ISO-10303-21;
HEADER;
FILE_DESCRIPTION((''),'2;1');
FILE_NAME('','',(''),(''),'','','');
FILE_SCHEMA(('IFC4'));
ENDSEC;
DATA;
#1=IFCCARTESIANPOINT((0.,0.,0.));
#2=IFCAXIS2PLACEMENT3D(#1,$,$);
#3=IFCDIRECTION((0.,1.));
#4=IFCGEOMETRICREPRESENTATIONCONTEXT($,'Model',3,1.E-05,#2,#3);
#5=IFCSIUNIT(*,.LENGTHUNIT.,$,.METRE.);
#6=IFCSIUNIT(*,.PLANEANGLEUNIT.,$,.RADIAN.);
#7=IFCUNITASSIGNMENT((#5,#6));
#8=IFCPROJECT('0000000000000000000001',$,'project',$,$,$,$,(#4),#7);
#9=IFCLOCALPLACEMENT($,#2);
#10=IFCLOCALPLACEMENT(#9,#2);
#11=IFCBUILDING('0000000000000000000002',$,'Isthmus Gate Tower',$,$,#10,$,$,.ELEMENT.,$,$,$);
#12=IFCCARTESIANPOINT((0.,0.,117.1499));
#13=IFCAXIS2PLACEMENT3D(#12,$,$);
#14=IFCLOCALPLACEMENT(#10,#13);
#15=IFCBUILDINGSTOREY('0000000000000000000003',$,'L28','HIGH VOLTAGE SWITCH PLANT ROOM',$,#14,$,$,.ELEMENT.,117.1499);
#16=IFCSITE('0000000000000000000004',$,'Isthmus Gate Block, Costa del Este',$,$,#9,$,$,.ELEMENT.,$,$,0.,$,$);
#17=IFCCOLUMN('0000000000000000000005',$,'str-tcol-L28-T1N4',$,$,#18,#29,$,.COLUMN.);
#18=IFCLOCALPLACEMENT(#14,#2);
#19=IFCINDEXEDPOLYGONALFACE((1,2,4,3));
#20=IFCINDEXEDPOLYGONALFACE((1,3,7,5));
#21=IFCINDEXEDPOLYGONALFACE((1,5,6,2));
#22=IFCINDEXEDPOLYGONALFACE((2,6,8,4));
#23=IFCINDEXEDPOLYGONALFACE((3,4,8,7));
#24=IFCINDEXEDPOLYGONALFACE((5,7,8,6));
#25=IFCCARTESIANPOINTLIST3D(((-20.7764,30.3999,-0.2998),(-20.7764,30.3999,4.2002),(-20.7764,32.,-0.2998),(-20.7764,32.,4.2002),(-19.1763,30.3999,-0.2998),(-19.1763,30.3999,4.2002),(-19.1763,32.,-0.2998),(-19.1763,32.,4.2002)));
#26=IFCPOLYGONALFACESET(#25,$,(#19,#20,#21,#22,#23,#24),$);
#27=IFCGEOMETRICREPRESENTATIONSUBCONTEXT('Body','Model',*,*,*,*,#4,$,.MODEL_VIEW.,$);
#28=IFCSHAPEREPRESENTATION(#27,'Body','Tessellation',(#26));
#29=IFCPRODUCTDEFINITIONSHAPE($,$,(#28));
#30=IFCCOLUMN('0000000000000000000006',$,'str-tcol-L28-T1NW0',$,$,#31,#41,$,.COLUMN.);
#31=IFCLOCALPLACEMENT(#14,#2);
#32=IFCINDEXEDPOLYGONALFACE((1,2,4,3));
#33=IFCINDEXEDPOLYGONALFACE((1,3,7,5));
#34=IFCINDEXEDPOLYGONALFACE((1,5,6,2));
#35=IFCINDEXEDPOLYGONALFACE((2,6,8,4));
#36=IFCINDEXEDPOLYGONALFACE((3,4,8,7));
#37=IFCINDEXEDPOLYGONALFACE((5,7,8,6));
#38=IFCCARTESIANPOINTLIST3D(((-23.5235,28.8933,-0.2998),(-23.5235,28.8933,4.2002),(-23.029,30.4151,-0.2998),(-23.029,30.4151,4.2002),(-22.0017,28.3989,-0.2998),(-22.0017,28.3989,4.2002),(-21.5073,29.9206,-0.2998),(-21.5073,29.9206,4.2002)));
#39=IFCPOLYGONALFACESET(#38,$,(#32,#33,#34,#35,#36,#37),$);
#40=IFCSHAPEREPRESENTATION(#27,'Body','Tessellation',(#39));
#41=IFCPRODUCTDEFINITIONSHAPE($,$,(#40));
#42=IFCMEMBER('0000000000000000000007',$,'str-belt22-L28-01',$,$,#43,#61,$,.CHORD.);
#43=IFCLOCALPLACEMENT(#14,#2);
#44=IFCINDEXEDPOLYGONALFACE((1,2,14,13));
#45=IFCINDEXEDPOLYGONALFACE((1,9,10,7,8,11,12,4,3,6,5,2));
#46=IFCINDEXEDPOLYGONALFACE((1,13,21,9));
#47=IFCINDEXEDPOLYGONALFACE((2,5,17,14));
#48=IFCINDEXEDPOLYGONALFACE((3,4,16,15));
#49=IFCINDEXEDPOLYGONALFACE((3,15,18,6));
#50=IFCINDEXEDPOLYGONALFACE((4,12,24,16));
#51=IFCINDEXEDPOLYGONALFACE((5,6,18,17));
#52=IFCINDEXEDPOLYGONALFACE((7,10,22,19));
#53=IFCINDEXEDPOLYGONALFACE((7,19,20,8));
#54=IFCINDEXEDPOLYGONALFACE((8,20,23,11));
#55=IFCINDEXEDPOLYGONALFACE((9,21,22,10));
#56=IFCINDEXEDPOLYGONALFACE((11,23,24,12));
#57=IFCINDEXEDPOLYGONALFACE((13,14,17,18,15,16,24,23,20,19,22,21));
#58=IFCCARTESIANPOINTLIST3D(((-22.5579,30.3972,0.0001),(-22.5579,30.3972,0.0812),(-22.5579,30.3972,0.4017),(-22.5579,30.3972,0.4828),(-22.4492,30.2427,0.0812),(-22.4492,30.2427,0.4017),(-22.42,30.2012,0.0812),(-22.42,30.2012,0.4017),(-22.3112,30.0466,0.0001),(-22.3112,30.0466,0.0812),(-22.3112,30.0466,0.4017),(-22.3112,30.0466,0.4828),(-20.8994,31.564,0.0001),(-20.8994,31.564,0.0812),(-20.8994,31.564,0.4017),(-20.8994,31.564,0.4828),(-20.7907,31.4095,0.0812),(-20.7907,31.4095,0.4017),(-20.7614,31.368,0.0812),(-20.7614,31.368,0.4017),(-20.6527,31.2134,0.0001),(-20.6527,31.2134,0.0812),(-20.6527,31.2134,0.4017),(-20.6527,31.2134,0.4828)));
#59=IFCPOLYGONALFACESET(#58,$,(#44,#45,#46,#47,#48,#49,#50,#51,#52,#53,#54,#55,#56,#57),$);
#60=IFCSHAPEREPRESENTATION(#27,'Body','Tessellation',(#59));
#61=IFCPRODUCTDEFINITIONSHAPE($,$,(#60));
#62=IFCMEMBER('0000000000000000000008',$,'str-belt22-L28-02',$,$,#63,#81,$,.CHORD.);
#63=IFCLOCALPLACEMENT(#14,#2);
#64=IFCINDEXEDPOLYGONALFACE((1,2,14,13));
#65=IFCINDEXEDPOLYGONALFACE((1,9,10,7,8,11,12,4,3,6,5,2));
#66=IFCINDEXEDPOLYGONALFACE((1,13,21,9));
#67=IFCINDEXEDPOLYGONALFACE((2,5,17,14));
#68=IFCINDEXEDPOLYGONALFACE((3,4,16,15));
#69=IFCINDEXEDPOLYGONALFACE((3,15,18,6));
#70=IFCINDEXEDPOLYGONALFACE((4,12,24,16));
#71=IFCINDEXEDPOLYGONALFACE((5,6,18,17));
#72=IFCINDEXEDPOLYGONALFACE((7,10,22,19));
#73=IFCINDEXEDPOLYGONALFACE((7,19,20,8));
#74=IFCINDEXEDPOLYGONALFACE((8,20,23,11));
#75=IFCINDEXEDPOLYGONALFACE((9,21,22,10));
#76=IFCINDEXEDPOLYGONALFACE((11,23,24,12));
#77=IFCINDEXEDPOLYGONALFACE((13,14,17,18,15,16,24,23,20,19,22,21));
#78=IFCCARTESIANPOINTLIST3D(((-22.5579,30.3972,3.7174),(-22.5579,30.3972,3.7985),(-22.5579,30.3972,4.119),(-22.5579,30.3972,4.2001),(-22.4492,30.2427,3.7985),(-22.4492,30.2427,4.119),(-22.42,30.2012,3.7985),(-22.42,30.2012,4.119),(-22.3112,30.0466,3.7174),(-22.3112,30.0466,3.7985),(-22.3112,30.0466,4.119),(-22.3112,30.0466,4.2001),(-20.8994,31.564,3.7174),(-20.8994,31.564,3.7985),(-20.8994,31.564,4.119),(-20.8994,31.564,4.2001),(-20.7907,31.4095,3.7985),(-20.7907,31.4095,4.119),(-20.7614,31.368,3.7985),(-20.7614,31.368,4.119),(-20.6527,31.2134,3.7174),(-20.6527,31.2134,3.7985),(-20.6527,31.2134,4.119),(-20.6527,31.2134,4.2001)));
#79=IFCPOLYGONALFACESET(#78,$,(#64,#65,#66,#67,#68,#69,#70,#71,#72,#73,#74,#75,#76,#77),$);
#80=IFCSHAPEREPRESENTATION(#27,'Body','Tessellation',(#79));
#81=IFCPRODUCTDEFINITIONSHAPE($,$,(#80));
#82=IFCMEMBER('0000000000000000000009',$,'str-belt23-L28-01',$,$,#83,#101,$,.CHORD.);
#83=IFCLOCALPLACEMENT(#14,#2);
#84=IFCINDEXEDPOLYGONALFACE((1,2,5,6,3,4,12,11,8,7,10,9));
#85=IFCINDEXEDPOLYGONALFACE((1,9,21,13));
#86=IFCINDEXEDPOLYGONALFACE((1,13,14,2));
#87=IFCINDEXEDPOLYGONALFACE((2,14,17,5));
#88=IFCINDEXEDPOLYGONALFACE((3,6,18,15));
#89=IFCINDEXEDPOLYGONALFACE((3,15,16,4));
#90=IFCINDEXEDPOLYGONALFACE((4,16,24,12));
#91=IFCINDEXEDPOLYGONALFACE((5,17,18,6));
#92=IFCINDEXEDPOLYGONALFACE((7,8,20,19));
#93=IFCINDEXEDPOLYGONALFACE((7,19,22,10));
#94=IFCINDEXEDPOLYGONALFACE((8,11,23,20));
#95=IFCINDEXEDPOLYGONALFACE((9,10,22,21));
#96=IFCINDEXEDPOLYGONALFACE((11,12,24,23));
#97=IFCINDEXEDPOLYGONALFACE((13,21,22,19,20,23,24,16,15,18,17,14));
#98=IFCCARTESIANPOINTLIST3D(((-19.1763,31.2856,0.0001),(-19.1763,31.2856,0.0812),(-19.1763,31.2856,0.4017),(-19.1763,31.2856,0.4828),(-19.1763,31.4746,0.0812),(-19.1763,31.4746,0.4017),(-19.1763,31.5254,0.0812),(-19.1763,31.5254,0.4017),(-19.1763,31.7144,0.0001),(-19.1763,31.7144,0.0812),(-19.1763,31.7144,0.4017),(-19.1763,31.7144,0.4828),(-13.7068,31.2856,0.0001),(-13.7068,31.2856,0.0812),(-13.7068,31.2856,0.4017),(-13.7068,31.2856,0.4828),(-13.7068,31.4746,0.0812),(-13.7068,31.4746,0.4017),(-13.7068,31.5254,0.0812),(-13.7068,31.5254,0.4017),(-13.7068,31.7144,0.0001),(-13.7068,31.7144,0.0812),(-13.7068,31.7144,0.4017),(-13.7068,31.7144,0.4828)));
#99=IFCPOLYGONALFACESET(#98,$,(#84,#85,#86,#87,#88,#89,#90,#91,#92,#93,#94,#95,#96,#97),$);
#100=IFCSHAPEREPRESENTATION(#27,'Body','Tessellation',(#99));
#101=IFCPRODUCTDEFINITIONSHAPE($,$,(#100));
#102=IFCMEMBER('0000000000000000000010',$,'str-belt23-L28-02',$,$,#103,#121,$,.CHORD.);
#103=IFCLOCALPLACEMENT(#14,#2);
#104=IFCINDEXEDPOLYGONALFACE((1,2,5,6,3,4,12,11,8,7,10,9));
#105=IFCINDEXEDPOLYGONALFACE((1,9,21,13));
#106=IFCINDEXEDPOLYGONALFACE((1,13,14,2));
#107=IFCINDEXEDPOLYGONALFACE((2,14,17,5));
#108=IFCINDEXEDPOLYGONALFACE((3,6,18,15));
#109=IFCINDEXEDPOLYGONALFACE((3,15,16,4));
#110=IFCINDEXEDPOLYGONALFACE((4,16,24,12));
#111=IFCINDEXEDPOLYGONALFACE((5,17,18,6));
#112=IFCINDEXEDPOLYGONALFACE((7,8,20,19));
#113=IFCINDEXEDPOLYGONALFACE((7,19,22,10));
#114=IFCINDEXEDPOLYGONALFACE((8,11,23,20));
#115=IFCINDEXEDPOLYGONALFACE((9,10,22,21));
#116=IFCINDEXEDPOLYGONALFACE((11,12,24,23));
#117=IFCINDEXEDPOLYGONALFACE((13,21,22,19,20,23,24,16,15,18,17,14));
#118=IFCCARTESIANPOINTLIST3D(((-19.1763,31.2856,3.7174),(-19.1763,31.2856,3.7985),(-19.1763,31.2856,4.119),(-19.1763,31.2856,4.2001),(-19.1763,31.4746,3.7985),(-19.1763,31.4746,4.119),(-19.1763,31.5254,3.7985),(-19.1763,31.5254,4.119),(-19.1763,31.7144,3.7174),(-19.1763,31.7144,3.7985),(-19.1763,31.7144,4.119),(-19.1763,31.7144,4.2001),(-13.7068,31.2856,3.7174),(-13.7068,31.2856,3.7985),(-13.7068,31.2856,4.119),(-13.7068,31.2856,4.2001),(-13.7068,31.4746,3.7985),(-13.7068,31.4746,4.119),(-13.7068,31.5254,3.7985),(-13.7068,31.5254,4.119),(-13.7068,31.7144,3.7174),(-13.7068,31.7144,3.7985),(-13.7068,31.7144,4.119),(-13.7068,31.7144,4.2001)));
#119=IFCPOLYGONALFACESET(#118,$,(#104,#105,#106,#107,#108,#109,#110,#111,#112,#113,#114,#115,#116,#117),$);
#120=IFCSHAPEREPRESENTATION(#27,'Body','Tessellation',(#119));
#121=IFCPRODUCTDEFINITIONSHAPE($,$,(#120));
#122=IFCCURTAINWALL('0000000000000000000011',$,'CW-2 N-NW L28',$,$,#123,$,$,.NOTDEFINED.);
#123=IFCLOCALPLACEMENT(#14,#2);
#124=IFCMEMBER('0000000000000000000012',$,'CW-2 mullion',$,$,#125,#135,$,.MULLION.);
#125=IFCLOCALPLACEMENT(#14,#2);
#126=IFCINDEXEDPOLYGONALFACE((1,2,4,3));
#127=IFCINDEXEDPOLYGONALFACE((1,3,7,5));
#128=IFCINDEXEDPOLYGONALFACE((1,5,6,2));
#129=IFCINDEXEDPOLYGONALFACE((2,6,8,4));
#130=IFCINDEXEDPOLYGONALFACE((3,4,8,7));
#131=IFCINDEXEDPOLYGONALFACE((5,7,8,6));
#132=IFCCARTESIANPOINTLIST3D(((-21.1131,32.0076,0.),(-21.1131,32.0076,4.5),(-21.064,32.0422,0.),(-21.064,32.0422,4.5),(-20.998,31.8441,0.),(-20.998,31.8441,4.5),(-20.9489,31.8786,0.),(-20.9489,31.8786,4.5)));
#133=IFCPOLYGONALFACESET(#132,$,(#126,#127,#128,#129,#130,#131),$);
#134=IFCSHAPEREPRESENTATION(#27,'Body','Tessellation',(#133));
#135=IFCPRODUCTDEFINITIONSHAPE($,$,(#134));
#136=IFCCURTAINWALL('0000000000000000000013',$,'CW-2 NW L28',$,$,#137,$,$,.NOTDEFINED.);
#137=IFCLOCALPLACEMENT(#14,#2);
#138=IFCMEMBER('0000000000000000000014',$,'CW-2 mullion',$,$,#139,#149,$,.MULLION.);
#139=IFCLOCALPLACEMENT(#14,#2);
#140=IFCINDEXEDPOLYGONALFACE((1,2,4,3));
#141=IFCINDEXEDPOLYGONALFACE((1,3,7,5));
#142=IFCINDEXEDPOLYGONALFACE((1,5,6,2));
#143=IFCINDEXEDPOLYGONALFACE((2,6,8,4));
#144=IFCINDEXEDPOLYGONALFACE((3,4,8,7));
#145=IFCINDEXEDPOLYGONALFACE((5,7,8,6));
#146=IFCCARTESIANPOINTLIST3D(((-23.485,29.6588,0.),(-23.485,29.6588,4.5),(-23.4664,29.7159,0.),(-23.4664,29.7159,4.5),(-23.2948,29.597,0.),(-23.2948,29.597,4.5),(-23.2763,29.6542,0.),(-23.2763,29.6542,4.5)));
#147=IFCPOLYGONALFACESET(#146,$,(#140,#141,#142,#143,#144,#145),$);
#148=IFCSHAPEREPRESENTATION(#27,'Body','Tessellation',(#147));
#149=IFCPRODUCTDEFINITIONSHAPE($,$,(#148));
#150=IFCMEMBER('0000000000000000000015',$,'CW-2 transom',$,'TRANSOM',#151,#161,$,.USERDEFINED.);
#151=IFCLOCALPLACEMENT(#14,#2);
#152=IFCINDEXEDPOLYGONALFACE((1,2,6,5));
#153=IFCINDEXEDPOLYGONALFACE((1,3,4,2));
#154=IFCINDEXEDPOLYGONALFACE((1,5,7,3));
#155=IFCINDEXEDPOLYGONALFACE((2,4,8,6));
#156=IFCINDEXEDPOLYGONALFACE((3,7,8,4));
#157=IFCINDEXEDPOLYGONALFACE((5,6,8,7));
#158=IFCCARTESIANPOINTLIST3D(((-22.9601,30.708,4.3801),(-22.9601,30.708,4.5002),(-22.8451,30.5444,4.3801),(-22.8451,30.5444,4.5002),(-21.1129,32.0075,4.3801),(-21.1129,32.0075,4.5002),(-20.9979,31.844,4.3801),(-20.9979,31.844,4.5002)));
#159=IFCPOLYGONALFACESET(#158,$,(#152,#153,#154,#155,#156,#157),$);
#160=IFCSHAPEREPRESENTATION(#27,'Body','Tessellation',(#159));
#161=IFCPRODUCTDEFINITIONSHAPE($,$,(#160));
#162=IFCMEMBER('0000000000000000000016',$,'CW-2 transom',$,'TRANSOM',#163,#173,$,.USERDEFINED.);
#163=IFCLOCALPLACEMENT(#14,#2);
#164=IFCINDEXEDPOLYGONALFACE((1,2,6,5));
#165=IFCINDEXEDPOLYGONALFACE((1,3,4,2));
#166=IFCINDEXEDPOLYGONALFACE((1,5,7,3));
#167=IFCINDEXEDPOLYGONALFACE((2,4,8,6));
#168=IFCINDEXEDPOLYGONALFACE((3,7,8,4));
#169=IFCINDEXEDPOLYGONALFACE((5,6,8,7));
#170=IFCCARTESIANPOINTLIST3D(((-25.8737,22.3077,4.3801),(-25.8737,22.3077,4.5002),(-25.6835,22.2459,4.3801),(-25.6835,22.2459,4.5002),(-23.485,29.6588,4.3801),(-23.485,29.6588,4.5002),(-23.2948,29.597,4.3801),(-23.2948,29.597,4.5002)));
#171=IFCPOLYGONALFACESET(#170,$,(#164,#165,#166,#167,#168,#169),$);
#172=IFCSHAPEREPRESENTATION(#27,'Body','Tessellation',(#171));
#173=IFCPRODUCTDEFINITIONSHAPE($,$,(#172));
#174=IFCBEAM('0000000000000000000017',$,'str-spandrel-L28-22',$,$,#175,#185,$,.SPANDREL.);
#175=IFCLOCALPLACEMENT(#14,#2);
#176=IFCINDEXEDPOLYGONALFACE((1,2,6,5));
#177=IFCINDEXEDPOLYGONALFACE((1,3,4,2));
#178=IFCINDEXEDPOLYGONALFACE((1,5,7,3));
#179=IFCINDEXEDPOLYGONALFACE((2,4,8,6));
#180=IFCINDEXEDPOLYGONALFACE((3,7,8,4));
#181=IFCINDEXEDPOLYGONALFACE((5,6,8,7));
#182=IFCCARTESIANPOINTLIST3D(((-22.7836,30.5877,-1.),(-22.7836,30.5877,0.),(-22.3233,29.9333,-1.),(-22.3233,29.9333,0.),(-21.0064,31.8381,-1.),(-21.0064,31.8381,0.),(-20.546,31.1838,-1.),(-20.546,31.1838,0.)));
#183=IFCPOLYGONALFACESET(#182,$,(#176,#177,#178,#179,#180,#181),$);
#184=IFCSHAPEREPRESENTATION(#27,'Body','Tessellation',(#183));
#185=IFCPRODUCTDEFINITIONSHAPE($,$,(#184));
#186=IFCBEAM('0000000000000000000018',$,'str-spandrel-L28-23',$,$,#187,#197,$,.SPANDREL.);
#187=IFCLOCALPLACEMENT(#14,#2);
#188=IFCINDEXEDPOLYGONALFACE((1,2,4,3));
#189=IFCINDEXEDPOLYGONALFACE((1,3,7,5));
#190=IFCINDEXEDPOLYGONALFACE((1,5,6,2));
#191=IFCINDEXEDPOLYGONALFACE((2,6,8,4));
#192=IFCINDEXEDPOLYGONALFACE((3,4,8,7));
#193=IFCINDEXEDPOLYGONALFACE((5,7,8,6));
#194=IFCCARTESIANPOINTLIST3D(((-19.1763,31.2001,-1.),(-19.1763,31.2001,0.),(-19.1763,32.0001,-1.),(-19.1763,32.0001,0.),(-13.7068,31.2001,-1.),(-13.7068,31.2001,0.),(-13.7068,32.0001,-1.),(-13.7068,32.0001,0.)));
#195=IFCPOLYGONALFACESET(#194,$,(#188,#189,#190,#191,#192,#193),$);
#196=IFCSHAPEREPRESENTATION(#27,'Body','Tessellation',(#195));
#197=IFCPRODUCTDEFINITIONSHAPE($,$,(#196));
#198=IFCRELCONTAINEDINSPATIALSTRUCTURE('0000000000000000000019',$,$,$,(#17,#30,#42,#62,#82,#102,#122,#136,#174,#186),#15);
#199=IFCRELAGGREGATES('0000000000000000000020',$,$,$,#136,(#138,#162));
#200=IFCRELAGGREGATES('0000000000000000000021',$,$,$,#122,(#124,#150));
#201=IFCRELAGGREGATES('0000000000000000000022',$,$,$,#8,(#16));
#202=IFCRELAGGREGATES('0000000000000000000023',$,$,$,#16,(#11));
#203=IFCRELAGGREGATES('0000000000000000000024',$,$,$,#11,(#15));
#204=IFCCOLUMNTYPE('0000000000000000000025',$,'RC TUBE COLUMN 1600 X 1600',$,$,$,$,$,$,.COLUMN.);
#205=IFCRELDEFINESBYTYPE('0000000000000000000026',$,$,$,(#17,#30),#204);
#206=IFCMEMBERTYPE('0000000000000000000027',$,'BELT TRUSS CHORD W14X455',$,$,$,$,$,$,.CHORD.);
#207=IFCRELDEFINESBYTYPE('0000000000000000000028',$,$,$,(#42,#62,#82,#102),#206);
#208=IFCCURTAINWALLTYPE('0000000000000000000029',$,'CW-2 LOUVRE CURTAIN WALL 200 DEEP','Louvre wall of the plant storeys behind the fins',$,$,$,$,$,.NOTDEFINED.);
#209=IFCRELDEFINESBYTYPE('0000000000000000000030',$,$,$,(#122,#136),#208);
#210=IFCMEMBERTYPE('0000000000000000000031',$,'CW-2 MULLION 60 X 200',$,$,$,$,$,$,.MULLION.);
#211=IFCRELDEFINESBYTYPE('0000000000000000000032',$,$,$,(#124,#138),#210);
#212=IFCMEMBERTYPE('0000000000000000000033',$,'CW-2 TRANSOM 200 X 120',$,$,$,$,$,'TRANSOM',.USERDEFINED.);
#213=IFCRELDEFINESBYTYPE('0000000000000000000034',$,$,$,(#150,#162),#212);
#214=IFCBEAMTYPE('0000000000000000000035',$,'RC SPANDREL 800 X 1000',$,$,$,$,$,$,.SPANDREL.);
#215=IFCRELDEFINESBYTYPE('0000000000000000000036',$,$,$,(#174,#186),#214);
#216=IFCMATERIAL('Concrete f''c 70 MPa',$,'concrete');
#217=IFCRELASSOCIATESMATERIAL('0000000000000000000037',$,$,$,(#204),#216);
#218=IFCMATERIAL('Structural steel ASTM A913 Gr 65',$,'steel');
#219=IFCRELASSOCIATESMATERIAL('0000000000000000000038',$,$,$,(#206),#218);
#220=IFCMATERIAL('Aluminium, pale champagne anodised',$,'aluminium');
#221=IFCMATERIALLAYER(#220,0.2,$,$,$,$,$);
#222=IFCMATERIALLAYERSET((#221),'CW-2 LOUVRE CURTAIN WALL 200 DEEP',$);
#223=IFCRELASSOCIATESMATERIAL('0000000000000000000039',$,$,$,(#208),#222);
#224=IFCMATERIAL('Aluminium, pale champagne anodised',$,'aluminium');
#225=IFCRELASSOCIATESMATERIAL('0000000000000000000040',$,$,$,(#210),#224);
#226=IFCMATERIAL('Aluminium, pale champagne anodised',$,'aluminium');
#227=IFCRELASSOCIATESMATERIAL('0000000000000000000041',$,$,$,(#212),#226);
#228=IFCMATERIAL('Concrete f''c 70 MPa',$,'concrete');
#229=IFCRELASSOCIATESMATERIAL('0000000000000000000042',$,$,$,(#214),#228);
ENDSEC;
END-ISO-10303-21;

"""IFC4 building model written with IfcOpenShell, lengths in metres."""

from ifc_helpers import new_model, si_unit, direction, frame, origin, origin_2d, place, context, subcontext, project, spatial, rectangle, i_section, extrude, material, layer, layer_set, material_profile, profile_set, type_object, element, aggregate, save


model = new_model("IFC4")

# Units and contexts
model_context = context("Model", 3, precision=1e-05, world=origin(), true_north=direction((0.0, 1.0)))
body_context = subcontext(model_context, "Body", "Model", "MODEL_VIEW")
ifc_project = project(units=[si_unit("LENGTHUNIT", "METRE"), si_unit("PLANEANGLEUNIT", "RADIAN")], contexts=[model_context])

# Site, building, storey
site_placement = place(None, origin())
site = spatial("IfcSite", under=ifc_project, at=site_placement, Name="Isthmus Gate Block, Costa del Este", CompositionType="ELEMENT", RefElevation=0.0)
building_placement = place(site_placement, origin())
building = spatial("IfcBuilding", under=site, at=building_placement, Name="Isthmus Gate Tower", CompositionType="ELEMENT")
storey_placement = place(building_placement, frame((0.0, 0.0, 117.1499)))
storey = spatial("IfcBuildingStorey", under=building, at=storey_placement, Name="L28", Description="HIGH VOLTAGE SWITCH PLANT ROOM", CompositionType="ELEMENT", Elevation=117.1499)

# Columns
ifc_material_1 = material(Name="Concrete f'c 70 MPa", Category="concrete")
ifc_material_profile_1 = material_profile(ifc_material_1, rectangle(XDim=1.6001, YDim=1.6001, at=origin_2d()), Name="RC 1600X1600")
ifc_profile_set_1 = profile_set([ifc_material_profile_1], Name="Concrete f'c 70 MPa")
column_type = type_object("IfcColumnType", Name="RC TUBE COLUMN 1600 X 1600", PredefinedType="COLUMN", material=ifc_profile_set_1)
for number, where, z_axis, x_axis, name in (
    (1, (-19.9763, 31.2, -0.2998), (0.0, 0.0, 1.0), (-1.0, 0.0, 0.0), "str-tcol-L28-T1N4"),
    (2, (-22.5154, 29.407, -0.2998), (0.0, 0.0, 1.0), (-0.309017, -0.951057, 0.0), "str-tcol-L28-T1NW0"),
):
    element("IfcColumn", number, at=place(storey_placement, frame(where, z_axis=z_axis, x_axis=x_axis)), inside=storey, type_object=column_type, Name=name, PredefinedType="COLUMN", context=body_context, shape_type="SweptSolid", body=[
        extrude(rectangle(XDim=1.6001, YDim=1.6001, at=origin_2d()), origin(), (0.0, 0.0, 1.0), 4.5),
    ])

# Members
ifc_material_2 = material(Name="Structural steel ASTM A913 Gr 65", Category="steel")
ifc_material_profile_2 = material_profile(ifc_material_2, i_section(OverallWidth=0.4287, OverallDepth=0.4827, WebThickness=0.0508, FlangeThickness=0.0811, at=origin_2d()), Name="W14X455")
ifc_profile_set_2 = profile_set([ifc_material_profile_2], Name="Structural steel ASTM A913 Gr 65")
member_type_1 = type_object("IfcMemberType", Name="BELT TRUSS CHORD W14X455", PredefinedType="CHORD", material=ifc_profile_set_2)
for number, where, z_axis, x_axis, name in (
    (3, (-22.4346, 30.2219, 0.2415), (0.817878, 0.575392, 0.0), (-0.575392, 0.817878, 0.0), "str-belt22-L28-01"),
    (4, (-22.4346, 30.2219, 3.9587), (0.817878, 0.575392, 0.0), (-0.575392, 0.817878, 0.0), "str-belt22-L28-02"),
):
    element("IfcMember", number, at=place(storey_placement, frame(where, z_axis=z_axis, x_axis=x_axis)), inside=storey, type_object=member_type_1, Name=name, PredefinedType="CHORD", context=body_context, shape_type="SweptSolid", body=[
        extrude(i_section(OverallWidth=0.4287, OverallDepth=0.4827, WebThickness=0.0508, FlangeThickness=0.0811, at=origin_2d()), origin(), (0.0, 0.0, 1.0), 2.0278),
    ])
for number, where, z_axis, x_axis, name in (
    (5, (-19.1763, 31.5, 0.2415), (1.0, 0.0, 0.0), (0.0, 1.0, 0.0), "str-belt23-L28-01"),
    (6, (-19.1763, 31.5, 3.9587), (1.0, 0.0, 0.0), (0.0, 1.0, 0.0), "str-belt23-L28-02"),
):
    element("IfcMember", number, at=place(storey_placement, frame(where, z_axis=z_axis, x_axis=x_axis)), inside=storey, type_object=member_type_1, Name=name, PredefinedType="CHORD", context=body_context, shape_type="SweptSolid", body=[
        extrude(i_section(OverallWidth=0.4287, OverallDepth=0.4827, WebThickness=0.0508, FlangeThickness=0.0811, at=origin_2d()), origin(), (0.0, 0.0, 1.0), 5.4695),
    ])

# Curtain walls, members
ifc_material_3 = material(Name="Aluminium, pale champagne anodised", Category="aluminium")
ifc_layer_1 = layer(ifc_material_3, 0.2)
ifc_layer_set_1 = layer_set([ifc_layer_1], Name="CW-2 LOUVRE CURTAIN WALL 200 DEEP")
curtain_wall_type = type_object("IfcCurtainWallType", Name="CW-2 LOUVRE CURTAIN WALL 200 DEEP", Description="Louvre wall of the plant storeys behind the fins", PredefinedType="NOTDEFINED", material=ifc_layer_set_1)
curtain_wall_1_placement = place(storey_placement, origin())
curtain_wall_1 = element("IfcCurtainWall", 7, at=curtain_wall_1_placement, inside=storey, type_object=curtain_wall_type, Name="CW-2 N-NW L28", PredefinedType="NOTDEFINED")
ifc_material_4 = material(Name="Aluminium, pale champagne anodised", Category="aluminium")
ifc_material_profile_3 = material_profile(ifc_material_4, rectangle(XDim=0.0601, YDim=0.2, at=origin_2d()), Name="60x200")
ifc_profile_set_3 = profile_set([ifc_material_profile_3], Name="Aluminium, pale champagne anodised")
member_type_2 = type_object("IfcMemberType", Name="CW-2 MULLION 60 X 200", PredefinedType="MULLION", material=ifc_profile_set_3)
member_1_placement = place(storey_placement, frame((-21.031, 31.9431, 0.0), z_axis=(0.0, 0.0, 1.0), x_axis=(-0.81786, -0.575418, 0.0)))
member_1 = element("IfcMember", 8, at=member_1_placement, type_object=member_type_2, Name="CW-2 mullion", PredefinedType="MULLION", context=body_context, shape_type="SweptSolid", body=[
    extrude(rectangle(XDim=0.0601, YDim=0.2, at=origin_2d()), origin(), (0.0, 0.0, 1.0), 4.5),
])
curtain_wall_2_placement = place(storey_placement, origin())
curtain_wall_2 = element("IfcCurtainWall", 9, at=curtain_wall_2_placement, inside=storey, type_object=curtain_wall_type, Name="CW-2 NW L28", PredefinedType="NOTDEFINED")
member_2_placement = place(storey_placement, frame((-23.3806, 29.6565, 0.0), z_axis=(0.0, 0.0, 1.0), x_axis=(-0.309017, -0.951057, 0.0)))
member_2 = element("IfcMember", 10, at=member_2_placement, type_object=member_type_2, Name="CW-2 mullion", PredefinedType="MULLION", context=body_context, shape_type="SweptSolid", body=[
    extrude(rectangle(XDim=0.0601, YDim=0.2, at=origin_2d()), origin(), (0.0, 0.0, 1.0), 4.5),
])

# Members
ifc_material_5 = material(Name="Aluminium, pale champagne anodised", Category="aluminium")
ifc_material_profile_4 = material_profile(ifc_material_5, rectangle(XDim=0.2, YDim=0.1201, at=origin_2d()), Name="200x120")
ifc_profile_set_4 = profile_set([ifc_material_profile_4], Name="Aluminium, pale champagne anodised")
member_type_3 = type_object("IfcMemberType", Name="CW-2 TRANSOM 200 X 120", ElementType="TRANSOM", PredefinedType="USERDEFINED", material=ifc_profile_set_4)
member_3_placement = place(storey_placement, frame((-21.0554, 31.9258, 4.4402), z_axis=(-0.817869, -0.575405, 0.0), x_axis=(0.575405, -0.817869, 0.0)))
member_3 = element("IfcMember", 11, at=member_3_placement, type_object=member_type_3, Name="CW-2 transom", ObjectType="TRANSOM", PredefinedType="USERDEFINED", context=body_context, shape_type="SweptSolid", body=[
    extrude(rectangle(XDim=0.2, YDim=0.1201, at=origin_2d()), origin(), (0.0, 0.0, 1.0), 2.2585),
])
member_4_placement = place(storey_placement, frame((-23.3899, 29.6279, 4.4402), z_axis=(-0.309036, -0.95105, 0.0), x_axis=(0.95105, -0.309036, 0.0)))
member_4 = element("IfcMember", 12, at=member_4_placement, type_object=member_type_3, Name="CW-2 transom", ObjectType="TRANSOM", PredefinedType="USERDEFINED", context=body_context, shape_type="SweptSolid", body=[
    extrude(rectangle(XDim=0.2, YDim=0.1201, at=origin_2d()), origin(), (0.0, 0.0, 1.0), 7.7295),
])
aggregate(curtain_wall_2, [member_2, member_4])

# Beams
ifc_material_6 = material(Name="Concrete f'c 70 MPa", Category="concrete")
ifc_material_profile_5 = material_profile(ifc_material_6, rectangle(XDim=0.8, YDim=1.0, at=origin_2d()), Name="RC 800X1000")
ifc_profile_set_5 = profile_set([ifc_material_profile_5], Name="Concrete f'c 70 MPa")
beam_type = type_object("IfcBeamType", Name="RC SPANDREL 800 X 1000", PredefinedType="SPANDREL", material=ifc_profile_set_5)
beam_1_placement = place(storey_placement, frame((-22.5535, 30.2605, -0.5), z_axis=(0.817857, 0.575421, 0.0), x_axis=(-0.575421, 0.817857, 0.0)))
element("IfcBeam", 13, at=beam_1_placement, inside=storey, type_object=beam_type, Name="str-spandrel-L28-22", PredefinedType="SPANDREL", context=body_context, shape_type="SweptSolid", body=[
    extrude(rectangle(XDim=0.8, YDim=1.0, at=origin_2d()), origin(), (0.0, 0.0, 1.0), 2.1731),
])
beam_2_placement = place(storey_placement, frame((-19.1763, 31.6001, -0.5), z_axis=(1.0, 0.0, 0.0), x_axis=(0.0, 1.0, 0.0)))
element("IfcBeam", 14, at=beam_2_placement, inside=storey, type_object=beam_type, Name="str-spandrel-L28-23", PredefinedType="SPANDREL", context=body_context, shape_type="SweptSolid", body=[
    extrude(rectangle(XDim=0.8, YDim=1.0, at=origin_2d()), origin(), (0.0, 0.0, 1.0), 5.4695),
])

aggregate(curtain_wall_1, [member_1, member_3])

save(model, "model.ifc")
